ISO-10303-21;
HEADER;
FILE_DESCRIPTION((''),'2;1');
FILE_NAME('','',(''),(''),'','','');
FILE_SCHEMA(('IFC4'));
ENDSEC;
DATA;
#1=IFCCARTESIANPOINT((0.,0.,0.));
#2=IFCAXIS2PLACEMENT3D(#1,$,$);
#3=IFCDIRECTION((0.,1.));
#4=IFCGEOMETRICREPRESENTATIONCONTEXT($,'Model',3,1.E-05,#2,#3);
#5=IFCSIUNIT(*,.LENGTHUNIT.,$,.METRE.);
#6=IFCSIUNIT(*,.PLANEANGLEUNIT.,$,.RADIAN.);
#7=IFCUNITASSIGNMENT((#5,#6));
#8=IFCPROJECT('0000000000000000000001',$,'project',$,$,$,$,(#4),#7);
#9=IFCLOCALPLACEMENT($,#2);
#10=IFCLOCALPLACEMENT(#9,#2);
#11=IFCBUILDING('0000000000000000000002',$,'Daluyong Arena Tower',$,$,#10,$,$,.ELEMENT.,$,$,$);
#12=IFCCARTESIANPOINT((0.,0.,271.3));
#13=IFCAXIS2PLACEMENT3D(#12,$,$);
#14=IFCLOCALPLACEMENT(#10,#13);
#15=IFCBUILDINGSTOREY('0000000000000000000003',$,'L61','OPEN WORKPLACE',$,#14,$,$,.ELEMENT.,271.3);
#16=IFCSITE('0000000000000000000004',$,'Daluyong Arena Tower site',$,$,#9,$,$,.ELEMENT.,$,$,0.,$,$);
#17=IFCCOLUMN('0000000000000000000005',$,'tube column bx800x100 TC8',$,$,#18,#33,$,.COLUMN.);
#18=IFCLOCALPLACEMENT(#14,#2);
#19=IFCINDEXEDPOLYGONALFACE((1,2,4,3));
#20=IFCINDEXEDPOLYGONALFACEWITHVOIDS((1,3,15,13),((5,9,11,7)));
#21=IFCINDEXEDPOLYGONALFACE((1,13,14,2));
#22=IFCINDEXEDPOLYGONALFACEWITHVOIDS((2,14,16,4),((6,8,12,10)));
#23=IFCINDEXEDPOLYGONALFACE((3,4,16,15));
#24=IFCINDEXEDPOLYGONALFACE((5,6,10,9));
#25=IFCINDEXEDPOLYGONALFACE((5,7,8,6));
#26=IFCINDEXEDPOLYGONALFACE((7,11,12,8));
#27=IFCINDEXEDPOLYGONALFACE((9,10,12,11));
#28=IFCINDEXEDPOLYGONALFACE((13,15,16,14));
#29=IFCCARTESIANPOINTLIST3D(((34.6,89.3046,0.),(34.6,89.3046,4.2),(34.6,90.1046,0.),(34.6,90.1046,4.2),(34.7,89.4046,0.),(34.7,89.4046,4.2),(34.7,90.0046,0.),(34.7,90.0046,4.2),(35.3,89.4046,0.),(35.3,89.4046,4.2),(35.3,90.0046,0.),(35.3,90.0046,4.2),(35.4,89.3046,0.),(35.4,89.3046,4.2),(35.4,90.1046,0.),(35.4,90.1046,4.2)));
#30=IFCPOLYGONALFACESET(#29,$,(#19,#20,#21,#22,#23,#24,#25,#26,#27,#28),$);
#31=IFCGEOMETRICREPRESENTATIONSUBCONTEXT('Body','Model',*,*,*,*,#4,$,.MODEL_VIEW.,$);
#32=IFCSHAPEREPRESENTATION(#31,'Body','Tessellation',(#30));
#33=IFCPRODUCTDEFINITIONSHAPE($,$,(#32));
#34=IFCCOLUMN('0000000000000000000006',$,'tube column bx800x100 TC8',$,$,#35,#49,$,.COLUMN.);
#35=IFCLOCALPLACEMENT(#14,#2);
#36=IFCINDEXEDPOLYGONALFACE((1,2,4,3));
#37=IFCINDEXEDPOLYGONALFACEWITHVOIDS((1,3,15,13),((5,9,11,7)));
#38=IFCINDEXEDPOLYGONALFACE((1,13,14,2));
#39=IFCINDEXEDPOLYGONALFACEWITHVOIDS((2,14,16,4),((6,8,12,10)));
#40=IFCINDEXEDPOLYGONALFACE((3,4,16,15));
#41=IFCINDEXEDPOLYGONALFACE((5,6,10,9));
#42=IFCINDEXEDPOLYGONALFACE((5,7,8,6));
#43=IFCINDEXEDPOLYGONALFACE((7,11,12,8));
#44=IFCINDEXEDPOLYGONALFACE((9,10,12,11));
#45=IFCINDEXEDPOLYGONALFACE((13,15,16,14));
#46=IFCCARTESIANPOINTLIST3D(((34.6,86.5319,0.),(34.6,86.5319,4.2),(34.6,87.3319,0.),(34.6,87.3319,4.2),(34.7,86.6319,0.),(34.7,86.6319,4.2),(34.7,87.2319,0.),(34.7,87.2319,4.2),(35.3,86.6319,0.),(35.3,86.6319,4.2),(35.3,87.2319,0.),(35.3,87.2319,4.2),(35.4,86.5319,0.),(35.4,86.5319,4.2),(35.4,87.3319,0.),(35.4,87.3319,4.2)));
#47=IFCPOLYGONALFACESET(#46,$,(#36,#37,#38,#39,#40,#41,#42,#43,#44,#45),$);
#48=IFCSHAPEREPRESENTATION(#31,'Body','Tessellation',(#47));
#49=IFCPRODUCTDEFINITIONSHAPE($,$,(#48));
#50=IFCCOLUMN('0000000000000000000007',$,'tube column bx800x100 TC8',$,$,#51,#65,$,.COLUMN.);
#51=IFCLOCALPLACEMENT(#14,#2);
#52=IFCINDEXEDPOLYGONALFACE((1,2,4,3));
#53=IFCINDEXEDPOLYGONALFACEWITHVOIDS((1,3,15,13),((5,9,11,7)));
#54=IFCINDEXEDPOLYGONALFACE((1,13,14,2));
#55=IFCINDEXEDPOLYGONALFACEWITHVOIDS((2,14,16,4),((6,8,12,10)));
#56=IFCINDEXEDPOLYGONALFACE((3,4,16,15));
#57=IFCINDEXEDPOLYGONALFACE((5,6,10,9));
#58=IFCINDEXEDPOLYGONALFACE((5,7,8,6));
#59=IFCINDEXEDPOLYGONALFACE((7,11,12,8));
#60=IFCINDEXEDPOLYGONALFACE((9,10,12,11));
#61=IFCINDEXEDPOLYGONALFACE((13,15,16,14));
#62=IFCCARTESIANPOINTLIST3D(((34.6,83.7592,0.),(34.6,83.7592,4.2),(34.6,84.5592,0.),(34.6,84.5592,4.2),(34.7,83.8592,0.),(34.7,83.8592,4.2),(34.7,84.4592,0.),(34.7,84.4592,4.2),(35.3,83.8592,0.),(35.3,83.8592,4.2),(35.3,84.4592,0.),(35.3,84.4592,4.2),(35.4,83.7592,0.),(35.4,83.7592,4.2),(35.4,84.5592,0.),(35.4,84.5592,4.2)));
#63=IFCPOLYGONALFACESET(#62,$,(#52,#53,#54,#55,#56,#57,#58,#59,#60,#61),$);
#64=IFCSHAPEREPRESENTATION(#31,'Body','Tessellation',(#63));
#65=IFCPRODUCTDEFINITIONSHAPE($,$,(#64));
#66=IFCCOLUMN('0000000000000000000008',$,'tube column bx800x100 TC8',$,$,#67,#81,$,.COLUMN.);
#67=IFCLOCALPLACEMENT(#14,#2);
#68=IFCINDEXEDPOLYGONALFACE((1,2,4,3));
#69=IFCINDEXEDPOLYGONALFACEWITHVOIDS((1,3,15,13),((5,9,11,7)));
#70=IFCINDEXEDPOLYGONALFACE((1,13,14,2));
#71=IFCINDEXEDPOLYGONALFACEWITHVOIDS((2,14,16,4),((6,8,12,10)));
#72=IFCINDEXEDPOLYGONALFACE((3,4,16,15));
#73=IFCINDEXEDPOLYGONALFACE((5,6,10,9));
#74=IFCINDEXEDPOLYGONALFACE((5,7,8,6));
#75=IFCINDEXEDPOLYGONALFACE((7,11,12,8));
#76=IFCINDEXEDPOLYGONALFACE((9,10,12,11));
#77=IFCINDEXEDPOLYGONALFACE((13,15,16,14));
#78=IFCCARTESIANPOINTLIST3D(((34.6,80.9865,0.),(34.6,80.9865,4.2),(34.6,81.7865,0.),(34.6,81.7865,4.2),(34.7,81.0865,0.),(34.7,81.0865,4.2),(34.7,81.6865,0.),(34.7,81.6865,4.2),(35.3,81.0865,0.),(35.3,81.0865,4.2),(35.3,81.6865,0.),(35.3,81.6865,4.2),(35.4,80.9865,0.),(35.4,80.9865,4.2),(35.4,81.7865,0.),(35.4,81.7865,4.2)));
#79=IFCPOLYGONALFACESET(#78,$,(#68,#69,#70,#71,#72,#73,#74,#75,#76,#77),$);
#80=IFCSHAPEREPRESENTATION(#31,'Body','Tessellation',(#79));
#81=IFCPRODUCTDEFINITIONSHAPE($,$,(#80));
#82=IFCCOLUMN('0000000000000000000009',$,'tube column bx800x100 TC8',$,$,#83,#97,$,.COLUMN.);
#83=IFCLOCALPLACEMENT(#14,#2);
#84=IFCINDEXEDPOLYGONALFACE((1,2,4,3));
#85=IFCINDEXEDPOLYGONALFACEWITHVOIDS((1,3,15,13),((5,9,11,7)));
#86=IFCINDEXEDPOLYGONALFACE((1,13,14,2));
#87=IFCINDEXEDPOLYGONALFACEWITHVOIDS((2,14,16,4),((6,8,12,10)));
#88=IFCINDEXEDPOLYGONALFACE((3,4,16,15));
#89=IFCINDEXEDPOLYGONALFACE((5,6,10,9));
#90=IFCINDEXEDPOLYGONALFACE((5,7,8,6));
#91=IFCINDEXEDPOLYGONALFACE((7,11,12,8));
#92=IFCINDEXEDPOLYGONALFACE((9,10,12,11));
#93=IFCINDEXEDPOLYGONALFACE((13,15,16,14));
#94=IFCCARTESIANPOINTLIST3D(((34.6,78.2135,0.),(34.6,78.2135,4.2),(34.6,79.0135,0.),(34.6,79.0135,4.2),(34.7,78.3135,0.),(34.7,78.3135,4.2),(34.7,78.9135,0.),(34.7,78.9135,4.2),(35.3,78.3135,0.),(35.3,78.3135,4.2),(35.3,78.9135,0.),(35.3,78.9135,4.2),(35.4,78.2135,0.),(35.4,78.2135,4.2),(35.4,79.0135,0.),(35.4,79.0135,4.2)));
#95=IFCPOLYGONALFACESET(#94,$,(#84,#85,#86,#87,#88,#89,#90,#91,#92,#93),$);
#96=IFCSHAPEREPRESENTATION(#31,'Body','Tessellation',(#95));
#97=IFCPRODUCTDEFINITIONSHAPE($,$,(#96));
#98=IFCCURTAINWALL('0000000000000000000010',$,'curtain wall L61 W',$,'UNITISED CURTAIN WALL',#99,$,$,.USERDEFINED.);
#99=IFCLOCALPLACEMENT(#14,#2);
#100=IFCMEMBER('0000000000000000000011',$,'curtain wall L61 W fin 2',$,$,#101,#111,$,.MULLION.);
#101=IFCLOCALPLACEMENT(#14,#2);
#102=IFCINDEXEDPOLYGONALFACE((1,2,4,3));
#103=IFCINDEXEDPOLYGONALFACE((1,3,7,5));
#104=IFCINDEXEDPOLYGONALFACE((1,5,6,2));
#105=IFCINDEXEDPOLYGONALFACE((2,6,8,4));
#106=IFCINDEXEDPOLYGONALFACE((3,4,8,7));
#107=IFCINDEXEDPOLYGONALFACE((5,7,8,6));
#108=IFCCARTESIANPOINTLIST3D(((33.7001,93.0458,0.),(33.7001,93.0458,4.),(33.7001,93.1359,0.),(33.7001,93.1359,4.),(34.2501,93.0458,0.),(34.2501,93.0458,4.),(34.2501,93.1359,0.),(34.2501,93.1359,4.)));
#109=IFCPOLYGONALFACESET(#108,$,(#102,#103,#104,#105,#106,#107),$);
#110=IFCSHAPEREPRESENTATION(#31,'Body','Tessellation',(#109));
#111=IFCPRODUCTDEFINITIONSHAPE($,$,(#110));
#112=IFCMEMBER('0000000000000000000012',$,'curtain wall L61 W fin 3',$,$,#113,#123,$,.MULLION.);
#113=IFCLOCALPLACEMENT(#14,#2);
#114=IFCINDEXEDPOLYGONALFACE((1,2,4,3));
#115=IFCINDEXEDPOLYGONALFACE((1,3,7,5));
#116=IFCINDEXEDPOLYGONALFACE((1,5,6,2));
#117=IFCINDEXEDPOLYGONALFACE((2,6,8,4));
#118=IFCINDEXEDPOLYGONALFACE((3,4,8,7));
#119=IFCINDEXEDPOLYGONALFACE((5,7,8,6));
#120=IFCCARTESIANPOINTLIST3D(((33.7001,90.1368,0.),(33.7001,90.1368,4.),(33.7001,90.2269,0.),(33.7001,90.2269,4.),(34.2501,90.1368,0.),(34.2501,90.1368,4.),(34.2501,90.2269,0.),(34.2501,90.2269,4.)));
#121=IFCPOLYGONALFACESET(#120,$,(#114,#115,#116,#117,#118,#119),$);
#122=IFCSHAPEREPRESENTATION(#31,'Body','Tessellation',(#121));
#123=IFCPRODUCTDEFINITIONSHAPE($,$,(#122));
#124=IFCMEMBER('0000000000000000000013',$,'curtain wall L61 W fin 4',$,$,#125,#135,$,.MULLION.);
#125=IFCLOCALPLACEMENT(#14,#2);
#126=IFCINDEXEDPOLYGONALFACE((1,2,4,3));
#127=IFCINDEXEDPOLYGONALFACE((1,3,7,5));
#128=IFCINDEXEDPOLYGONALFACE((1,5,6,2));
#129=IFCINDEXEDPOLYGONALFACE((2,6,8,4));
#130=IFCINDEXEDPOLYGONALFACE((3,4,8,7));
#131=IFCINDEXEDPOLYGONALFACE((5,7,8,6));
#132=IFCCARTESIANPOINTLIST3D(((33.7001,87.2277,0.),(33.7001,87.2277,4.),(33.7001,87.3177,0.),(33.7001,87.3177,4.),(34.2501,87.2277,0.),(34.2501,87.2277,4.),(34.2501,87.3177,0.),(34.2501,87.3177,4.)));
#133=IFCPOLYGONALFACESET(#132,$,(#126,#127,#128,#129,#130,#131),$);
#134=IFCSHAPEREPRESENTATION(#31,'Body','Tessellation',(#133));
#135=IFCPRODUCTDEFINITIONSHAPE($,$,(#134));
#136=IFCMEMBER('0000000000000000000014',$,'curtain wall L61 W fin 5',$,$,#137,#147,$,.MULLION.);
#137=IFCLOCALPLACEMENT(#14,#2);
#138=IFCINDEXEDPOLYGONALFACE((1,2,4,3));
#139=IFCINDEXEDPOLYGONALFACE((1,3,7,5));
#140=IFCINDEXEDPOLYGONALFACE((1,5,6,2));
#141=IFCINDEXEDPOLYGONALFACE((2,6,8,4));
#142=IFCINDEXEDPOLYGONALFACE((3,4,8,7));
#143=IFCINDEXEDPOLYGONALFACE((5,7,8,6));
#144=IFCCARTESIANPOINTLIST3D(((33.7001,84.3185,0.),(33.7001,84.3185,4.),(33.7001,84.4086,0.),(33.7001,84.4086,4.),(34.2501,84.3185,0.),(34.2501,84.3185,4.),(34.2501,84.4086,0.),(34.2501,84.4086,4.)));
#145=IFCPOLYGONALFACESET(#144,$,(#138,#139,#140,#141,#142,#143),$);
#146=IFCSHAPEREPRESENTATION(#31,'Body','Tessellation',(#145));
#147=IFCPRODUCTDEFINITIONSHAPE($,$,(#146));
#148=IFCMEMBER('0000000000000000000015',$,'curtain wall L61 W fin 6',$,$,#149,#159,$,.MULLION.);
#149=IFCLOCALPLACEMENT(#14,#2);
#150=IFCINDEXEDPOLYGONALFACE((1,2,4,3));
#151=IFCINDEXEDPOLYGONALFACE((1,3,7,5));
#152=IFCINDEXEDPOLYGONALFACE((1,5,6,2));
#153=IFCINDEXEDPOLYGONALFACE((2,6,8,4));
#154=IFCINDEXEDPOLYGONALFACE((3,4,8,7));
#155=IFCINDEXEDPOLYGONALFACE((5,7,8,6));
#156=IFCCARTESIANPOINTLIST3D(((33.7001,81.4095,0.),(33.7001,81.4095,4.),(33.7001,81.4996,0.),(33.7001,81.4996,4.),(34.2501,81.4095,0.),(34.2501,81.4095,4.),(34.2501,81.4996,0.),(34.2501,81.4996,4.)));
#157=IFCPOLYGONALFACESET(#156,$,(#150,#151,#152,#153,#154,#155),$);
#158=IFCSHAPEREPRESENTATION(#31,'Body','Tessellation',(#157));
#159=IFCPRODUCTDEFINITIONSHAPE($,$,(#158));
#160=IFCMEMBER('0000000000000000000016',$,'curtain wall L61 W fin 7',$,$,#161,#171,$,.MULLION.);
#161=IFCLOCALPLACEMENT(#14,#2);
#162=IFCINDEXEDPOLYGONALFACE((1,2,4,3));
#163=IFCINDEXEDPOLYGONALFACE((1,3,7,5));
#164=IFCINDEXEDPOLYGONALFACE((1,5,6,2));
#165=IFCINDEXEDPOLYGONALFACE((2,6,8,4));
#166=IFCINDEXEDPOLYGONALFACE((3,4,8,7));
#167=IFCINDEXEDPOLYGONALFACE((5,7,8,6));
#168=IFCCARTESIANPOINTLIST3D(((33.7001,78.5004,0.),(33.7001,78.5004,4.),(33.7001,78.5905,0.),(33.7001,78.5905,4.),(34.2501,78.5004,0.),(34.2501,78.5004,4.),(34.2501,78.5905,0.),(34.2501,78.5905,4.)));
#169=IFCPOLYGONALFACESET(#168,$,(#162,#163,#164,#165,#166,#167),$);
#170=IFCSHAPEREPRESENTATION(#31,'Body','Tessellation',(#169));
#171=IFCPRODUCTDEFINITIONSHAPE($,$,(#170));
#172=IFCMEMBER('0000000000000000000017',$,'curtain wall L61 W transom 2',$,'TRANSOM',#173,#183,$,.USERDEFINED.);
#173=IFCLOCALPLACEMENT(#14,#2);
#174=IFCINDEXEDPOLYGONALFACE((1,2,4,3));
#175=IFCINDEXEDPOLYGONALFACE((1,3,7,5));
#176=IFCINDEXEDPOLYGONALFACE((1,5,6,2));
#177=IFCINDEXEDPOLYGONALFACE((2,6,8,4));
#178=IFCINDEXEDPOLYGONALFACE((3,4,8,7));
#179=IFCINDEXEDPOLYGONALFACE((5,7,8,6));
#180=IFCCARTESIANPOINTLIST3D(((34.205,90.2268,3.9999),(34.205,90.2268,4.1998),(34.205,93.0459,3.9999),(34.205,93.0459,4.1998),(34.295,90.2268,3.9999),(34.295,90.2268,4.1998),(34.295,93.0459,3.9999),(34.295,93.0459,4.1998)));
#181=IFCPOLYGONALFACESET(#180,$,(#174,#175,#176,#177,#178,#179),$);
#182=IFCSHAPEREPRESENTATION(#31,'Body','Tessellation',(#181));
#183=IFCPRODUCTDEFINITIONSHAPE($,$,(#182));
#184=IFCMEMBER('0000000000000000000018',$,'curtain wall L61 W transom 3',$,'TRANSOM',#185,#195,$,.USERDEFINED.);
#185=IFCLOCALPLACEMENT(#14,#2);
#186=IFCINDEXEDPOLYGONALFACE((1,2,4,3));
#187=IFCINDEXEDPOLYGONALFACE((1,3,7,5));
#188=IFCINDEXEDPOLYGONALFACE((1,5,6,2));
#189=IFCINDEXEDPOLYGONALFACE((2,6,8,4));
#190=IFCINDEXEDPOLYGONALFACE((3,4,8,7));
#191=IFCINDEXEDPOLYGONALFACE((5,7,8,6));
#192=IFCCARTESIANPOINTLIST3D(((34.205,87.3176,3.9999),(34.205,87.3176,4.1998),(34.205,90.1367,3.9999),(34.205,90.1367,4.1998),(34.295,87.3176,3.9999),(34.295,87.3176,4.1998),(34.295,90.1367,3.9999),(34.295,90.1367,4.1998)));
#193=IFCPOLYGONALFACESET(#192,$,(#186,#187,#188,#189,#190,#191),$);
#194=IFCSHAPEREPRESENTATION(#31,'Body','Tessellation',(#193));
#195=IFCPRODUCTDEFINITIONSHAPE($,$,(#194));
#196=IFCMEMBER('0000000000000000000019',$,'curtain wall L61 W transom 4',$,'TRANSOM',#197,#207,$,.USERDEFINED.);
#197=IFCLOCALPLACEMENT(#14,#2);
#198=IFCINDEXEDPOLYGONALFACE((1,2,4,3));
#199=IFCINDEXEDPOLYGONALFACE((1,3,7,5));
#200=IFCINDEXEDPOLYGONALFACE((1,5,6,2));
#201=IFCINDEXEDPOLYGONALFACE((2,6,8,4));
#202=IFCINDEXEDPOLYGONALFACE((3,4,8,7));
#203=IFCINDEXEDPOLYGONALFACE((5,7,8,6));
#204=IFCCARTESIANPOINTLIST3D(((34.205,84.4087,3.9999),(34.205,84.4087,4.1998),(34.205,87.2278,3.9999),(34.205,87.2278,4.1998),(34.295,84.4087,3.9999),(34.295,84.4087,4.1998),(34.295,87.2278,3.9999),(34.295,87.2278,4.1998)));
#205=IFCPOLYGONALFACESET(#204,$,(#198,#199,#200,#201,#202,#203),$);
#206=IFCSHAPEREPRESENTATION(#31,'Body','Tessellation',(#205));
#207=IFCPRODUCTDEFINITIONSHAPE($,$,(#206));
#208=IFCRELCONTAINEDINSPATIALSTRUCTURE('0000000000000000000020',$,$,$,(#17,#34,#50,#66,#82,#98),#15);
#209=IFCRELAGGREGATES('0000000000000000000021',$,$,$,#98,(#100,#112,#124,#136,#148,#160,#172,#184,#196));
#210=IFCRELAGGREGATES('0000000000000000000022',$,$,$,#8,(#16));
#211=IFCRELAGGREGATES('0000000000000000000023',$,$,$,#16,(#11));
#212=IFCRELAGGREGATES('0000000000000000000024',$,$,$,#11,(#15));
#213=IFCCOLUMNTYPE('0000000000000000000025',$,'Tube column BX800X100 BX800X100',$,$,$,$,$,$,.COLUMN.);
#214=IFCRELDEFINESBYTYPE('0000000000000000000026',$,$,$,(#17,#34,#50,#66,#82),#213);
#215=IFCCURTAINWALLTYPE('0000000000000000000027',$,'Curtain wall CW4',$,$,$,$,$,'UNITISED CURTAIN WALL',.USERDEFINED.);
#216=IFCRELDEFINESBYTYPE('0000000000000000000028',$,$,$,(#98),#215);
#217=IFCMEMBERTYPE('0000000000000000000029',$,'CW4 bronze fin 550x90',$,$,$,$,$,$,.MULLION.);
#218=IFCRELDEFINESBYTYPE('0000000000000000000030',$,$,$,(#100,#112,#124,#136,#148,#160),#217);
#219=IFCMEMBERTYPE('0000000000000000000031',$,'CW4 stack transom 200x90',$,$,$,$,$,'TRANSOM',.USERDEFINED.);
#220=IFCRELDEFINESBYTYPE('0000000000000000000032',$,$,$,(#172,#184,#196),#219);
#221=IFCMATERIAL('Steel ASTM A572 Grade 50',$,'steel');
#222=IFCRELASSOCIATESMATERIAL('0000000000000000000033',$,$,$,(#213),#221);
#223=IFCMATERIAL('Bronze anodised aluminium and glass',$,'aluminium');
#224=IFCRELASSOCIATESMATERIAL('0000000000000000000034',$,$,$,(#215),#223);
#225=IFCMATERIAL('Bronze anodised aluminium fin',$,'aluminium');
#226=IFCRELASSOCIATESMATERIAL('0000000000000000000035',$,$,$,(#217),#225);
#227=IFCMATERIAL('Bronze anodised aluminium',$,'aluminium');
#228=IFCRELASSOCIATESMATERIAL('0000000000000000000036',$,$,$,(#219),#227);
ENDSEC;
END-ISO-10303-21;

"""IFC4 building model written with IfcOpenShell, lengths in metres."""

from ifc_helpers import new_model, si_unit, direction, frame, origin, origin_2d, place, context, subcontext, project, spatial, rectangle, hollow_rectangle, extrude, material, material_profile, profile_set, type_object, element, aggregate, save


model = new_model("IFC4")

# Units and contexts
model_context = context("Model", 3, precision=1e-05, world=origin(), true_north=direction((0.0, 1.0)))
body_context = subcontext(model_context, "Body", "Model", "MODEL_VIEW")
ifc_project = project(units=[si_unit("LENGTHUNIT", "METRE"), si_unit("PLANEANGLEUNIT", "RADIAN")], contexts=[model_context])

# Site, building, storey
site_placement = place(None, origin())
site = spatial("IfcSite", under=ifc_project, at=site_placement, Name="Daluyong Arena Tower site", CompositionType="ELEMENT", RefElevation=0.0)
building_placement = place(site_placement, origin())
building = spatial("IfcBuilding", under=site, at=building_placement, Name="Daluyong Arena Tower", CompositionType="ELEMENT")
storey_placement = place(building_placement, frame((0.0, 0.0, 271.3)))
storey = spatial("IfcBuildingStorey", under=building, at=storey_placement, Name="L61", Description="OPEN WORKPLACE", CompositionType="ELEMENT", Elevation=271.3)

# Columns
ifc_material_1 = material(Name="Steel ASTM A572 Grade 50", Category="steel")
ifc_material_profile_1 = material_profile(ifc_material_1, hollow_rectangle(XDim=0.8, YDim=0.8, WallThickness=0.1, at=origin_2d()))
ifc_profile_set_1 = profile_set([ifc_material_profile_1], Name="Steel ASTM A572 Grade 50")
column_type = type_object("IfcColumnType", Name="Tube column BX800X100 BX800X100", PredefinedType="COLUMN", material=ifc_profile_set_1)
for number, where, z_axis, x_axis, name in (
    (1, (35.0, 89.7046, 0.0), (0.0, 0.0, 1.0), (0.0, 1.0, 0.0), "tube column bx800x100 TC8"),
    (2, (35.0, 86.9319, 0.0), (0.0, 0.0, 1.0), (0.0, 1.0, 0.0), "tube column bx800x100 TC8"),
    (3, (35.0, 84.1592, 0.0), (0.0, 0.0, 1.0), (0.0, 1.0, 0.0), "tube column bx800x100 TC8"),
    (4, (35.0, 81.3865, 0.0), (0.0, 0.0, 1.0), (0.0, 1.0, 0.0), "tube column bx800x100 TC8"),
    (5, (35.0, 78.6135, 0.0), (0.0, 0.0, 1.0), (0.0, 1.0, 0.0), "tube column bx800x100 TC8"),
):
    element("IfcColumn", number, at=place(storey_placement, frame(where, z_axis=z_axis, x_axis=x_axis)), inside=storey, type_object=column_type, Name=name, PredefinedType="COLUMN", context=body_context, shape_type="SweptSolid", body=[
        extrude(hollow_rectangle(XDim=0.8, YDim=0.8, WallThickness=0.1, at=origin_2d()), origin(), (0.0, 0.0, 1.0), 4.2),
    ])

# Curtain wall, members
ifc_material_2 = material(Name="Bronze anodised aluminium and glass", Category="aluminium")
curtain_wall_type = type_object("IfcCurtainWallType", Name="Curtain wall CW4", ElementType="UNITISED CURTAIN WALL", PredefinedType="USERDEFINED", material=ifc_material_2)
curtain_wall_placement = place(storey_placement, origin())
curtain_wall = element("IfcCurtainWall", 6, at=curtain_wall_placement, inside=storey, type_object=curtain_wall_type, Name="curtain wall L61 W", ObjectType="UNITISED CURTAIN WALL", PredefinedType="USERDEFINED")
ifc_material_3 = material(Name="Bronze anodised aluminium fin", Category="aluminium")
ifc_material_profile_2 = material_profile(ifc_material_3, rectangle(XDim=0.55, YDim=0.0901, at=origin_2d()))
ifc_profile_set_2 = profile_set([ifc_material_profile_2], Name="Bronze anodised aluminium fin")
member_type_1 = type_object("IfcMemberType", Name="CW4 bronze fin 550x90", PredefinedType="MULLION", material=ifc_profile_set_2)
member_1_placement = place(storey_placement, frame((33.9751, 93.0908, 0.0), z_axis=(0.0, 0.0, 1.0), x_axis=(1.0, 0.0, 0.0)))
member_1 = element("IfcMember", 7, at=member_1_placement, type_object=member_type_1, Name="curtain wall L61 W fin 2", PredefinedType="MULLION", context=body_context, shape_type="SweptSolid", body=[
    extrude(rectangle(XDim=0.55, YDim=0.0901, at=origin_2d()), origin(), (0.0, 0.0, 1.0), 4.0),
])
member_2_placement = place(storey_placement, frame((33.9751, 90.1819, 0.0), z_axis=(0.0, 0.0, 1.0), x_axis=(1.0, 0.0, 0.0)))
member_2 = element("IfcMember", 8, at=member_2_placement, type_object=member_type_1, Name="curtain wall L61 W fin 3", PredefinedType="MULLION", context=body_context, shape_type="SweptSolid", body=[
    extrude(rectangle(XDim=0.55, YDim=0.0901, at=origin_2d()), origin(), (0.0, 0.0, 1.0), 4.0),
])
member_3_placement = place(storey_placement, frame((33.9751, 87.2727, 0.0), z_axis=(0.0, 0.0, 1.0), x_axis=(1.0, 0.0, 0.0)))
member_3 = element("IfcMember", 9, at=member_3_placement, type_object=member_type_1, Name="curtain wall L61 W fin 4", PredefinedType="MULLION", context=body_context, shape_type="SweptSolid", body=[
    extrude(rectangle(XDim=0.55, YDim=0.0901, at=origin_2d()), origin(), (0.0, 0.0, 1.0), 4.0),
])
member_4_placement = place(storey_placement, frame((33.9751, 84.3635, 0.0), z_axis=(0.0, 0.0, 1.0), x_axis=(1.0, 0.0, 0.0)))
member_4 = element("IfcMember", 10, at=member_4_placement, type_object=member_type_1, Name="curtain wall L61 W fin 5", PredefinedType="MULLION", context=body_context, shape_type="SweptSolid", body=[
    extrude(rectangle(XDim=0.55, YDim=0.0901, at=origin_2d()), origin(), (0.0, 0.0, 1.0), 4.0),
])
member_5_placement = place(storey_placement, frame((33.9751, 81.4546, 0.0), z_axis=(0.0, 0.0, 1.0), x_axis=(1.0, 0.0, 0.0)))
member_5 = element("IfcMember", 11, at=member_5_placement, type_object=member_type_1, Name="curtain wall L61 W fin 6", PredefinedType="MULLION", context=body_context, shape_type="SweptSolid", body=[
    extrude(rectangle(XDim=0.55, YDim=0.0901, at=origin_2d()), origin(), (0.0, 0.0, 1.0), 4.0),
])
member_6_placement = place(storey_placement, frame((33.9751, 78.5454, 0.0), z_axis=(0.0, 0.0, 1.0), x_axis=(1.0, 0.0, 0.0)))
member_6 = element("IfcMember", 12, at=member_6_placement, type_object=member_type_1, Name="curtain wall L61 W fin 7", PredefinedType="MULLION", context=body_context, shape_type="SweptSolid", body=[
    extrude(rectangle(XDim=0.55, YDim=0.0901, at=origin_2d()), origin(), (0.0, 0.0, 1.0), 4.0),
])
ifc_material_4 = material(Name="Bronze anodised aluminium", Category="aluminium")
ifc_material_profile_3 = material_profile(ifc_material_4, rectangle(XDim=0.0901, YDim=0.2, at=origin_2d()))
ifc_profile_set_3 = profile_set([ifc_material_profile_3], Name="Bronze anodised aluminium")
member_type_2 = type_object("IfcMemberType", Name="CW4 stack transom 200x90", ElementType="TRANSOM", PredefinedType="USERDEFINED", material=ifc_profile_set_3)
member_7_placement = place(storey_placement, frame((34.25, 93.0459, 4.0999), z_axis=(0.0, -1.0, 0.0), x_axis=(1.0, 0.0, 0.0)))
member_7 = element("IfcMember", 13, at=member_7_placement, type_object=member_type_2, Name="curtain wall L61 W transom 2", ObjectType="TRANSOM", PredefinedType="USERDEFINED", context=body_context, shape_type="SweptSolid", body=[
    extrude(rectangle(XDim=0.0901, YDim=0.2, at=origin_2d()), origin(), (0.0, 0.0, 1.0), 2.8191),
])
member_8_placement = place(storey_placement, frame((34.25, 90.1367, 4.0999), z_axis=(0.0, -1.0, 0.0), x_axis=(1.0, 0.0, 0.0)))
member_8 = element("IfcMember", 14, at=member_8_placement, type_object=member_type_2, Name="curtain wall L61 W transom 3", ObjectType="TRANSOM", PredefinedType="USERDEFINED", context=body_context, shape_type="SweptSolid", body=[
    extrude(rectangle(XDim=0.0901, YDim=0.2, at=origin_2d()), origin(), (0.0, 0.0, 1.0), 2.8191),
])
member_9_placement = place(storey_placement, frame((34.25, 87.2278, 4.0999), z_axis=(0.0, -1.0, 0.0), x_axis=(1.0, 0.0, 0.0)))
member_9 = element("IfcMember", 15, at=member_9_placement, type_object=member_type_2, Name="curtain wall L61 W transom 4", ObjectType="TRANSOM", PredefinedType="USERDEFINED", context=body_context, shape_type="SweptSolid", body=[
    extrude(rectangle(XDim=0.0901, YDim=0.2, at=origin_2d()), origin(), (0.0, 0.0, 1.0), 2.8191),
])

aggregate(curtain_wall, [member_1, member_2, member_3, member_4, member_5, member_6, member_7, member_8, member_9])

save(model, "model.ifc")
